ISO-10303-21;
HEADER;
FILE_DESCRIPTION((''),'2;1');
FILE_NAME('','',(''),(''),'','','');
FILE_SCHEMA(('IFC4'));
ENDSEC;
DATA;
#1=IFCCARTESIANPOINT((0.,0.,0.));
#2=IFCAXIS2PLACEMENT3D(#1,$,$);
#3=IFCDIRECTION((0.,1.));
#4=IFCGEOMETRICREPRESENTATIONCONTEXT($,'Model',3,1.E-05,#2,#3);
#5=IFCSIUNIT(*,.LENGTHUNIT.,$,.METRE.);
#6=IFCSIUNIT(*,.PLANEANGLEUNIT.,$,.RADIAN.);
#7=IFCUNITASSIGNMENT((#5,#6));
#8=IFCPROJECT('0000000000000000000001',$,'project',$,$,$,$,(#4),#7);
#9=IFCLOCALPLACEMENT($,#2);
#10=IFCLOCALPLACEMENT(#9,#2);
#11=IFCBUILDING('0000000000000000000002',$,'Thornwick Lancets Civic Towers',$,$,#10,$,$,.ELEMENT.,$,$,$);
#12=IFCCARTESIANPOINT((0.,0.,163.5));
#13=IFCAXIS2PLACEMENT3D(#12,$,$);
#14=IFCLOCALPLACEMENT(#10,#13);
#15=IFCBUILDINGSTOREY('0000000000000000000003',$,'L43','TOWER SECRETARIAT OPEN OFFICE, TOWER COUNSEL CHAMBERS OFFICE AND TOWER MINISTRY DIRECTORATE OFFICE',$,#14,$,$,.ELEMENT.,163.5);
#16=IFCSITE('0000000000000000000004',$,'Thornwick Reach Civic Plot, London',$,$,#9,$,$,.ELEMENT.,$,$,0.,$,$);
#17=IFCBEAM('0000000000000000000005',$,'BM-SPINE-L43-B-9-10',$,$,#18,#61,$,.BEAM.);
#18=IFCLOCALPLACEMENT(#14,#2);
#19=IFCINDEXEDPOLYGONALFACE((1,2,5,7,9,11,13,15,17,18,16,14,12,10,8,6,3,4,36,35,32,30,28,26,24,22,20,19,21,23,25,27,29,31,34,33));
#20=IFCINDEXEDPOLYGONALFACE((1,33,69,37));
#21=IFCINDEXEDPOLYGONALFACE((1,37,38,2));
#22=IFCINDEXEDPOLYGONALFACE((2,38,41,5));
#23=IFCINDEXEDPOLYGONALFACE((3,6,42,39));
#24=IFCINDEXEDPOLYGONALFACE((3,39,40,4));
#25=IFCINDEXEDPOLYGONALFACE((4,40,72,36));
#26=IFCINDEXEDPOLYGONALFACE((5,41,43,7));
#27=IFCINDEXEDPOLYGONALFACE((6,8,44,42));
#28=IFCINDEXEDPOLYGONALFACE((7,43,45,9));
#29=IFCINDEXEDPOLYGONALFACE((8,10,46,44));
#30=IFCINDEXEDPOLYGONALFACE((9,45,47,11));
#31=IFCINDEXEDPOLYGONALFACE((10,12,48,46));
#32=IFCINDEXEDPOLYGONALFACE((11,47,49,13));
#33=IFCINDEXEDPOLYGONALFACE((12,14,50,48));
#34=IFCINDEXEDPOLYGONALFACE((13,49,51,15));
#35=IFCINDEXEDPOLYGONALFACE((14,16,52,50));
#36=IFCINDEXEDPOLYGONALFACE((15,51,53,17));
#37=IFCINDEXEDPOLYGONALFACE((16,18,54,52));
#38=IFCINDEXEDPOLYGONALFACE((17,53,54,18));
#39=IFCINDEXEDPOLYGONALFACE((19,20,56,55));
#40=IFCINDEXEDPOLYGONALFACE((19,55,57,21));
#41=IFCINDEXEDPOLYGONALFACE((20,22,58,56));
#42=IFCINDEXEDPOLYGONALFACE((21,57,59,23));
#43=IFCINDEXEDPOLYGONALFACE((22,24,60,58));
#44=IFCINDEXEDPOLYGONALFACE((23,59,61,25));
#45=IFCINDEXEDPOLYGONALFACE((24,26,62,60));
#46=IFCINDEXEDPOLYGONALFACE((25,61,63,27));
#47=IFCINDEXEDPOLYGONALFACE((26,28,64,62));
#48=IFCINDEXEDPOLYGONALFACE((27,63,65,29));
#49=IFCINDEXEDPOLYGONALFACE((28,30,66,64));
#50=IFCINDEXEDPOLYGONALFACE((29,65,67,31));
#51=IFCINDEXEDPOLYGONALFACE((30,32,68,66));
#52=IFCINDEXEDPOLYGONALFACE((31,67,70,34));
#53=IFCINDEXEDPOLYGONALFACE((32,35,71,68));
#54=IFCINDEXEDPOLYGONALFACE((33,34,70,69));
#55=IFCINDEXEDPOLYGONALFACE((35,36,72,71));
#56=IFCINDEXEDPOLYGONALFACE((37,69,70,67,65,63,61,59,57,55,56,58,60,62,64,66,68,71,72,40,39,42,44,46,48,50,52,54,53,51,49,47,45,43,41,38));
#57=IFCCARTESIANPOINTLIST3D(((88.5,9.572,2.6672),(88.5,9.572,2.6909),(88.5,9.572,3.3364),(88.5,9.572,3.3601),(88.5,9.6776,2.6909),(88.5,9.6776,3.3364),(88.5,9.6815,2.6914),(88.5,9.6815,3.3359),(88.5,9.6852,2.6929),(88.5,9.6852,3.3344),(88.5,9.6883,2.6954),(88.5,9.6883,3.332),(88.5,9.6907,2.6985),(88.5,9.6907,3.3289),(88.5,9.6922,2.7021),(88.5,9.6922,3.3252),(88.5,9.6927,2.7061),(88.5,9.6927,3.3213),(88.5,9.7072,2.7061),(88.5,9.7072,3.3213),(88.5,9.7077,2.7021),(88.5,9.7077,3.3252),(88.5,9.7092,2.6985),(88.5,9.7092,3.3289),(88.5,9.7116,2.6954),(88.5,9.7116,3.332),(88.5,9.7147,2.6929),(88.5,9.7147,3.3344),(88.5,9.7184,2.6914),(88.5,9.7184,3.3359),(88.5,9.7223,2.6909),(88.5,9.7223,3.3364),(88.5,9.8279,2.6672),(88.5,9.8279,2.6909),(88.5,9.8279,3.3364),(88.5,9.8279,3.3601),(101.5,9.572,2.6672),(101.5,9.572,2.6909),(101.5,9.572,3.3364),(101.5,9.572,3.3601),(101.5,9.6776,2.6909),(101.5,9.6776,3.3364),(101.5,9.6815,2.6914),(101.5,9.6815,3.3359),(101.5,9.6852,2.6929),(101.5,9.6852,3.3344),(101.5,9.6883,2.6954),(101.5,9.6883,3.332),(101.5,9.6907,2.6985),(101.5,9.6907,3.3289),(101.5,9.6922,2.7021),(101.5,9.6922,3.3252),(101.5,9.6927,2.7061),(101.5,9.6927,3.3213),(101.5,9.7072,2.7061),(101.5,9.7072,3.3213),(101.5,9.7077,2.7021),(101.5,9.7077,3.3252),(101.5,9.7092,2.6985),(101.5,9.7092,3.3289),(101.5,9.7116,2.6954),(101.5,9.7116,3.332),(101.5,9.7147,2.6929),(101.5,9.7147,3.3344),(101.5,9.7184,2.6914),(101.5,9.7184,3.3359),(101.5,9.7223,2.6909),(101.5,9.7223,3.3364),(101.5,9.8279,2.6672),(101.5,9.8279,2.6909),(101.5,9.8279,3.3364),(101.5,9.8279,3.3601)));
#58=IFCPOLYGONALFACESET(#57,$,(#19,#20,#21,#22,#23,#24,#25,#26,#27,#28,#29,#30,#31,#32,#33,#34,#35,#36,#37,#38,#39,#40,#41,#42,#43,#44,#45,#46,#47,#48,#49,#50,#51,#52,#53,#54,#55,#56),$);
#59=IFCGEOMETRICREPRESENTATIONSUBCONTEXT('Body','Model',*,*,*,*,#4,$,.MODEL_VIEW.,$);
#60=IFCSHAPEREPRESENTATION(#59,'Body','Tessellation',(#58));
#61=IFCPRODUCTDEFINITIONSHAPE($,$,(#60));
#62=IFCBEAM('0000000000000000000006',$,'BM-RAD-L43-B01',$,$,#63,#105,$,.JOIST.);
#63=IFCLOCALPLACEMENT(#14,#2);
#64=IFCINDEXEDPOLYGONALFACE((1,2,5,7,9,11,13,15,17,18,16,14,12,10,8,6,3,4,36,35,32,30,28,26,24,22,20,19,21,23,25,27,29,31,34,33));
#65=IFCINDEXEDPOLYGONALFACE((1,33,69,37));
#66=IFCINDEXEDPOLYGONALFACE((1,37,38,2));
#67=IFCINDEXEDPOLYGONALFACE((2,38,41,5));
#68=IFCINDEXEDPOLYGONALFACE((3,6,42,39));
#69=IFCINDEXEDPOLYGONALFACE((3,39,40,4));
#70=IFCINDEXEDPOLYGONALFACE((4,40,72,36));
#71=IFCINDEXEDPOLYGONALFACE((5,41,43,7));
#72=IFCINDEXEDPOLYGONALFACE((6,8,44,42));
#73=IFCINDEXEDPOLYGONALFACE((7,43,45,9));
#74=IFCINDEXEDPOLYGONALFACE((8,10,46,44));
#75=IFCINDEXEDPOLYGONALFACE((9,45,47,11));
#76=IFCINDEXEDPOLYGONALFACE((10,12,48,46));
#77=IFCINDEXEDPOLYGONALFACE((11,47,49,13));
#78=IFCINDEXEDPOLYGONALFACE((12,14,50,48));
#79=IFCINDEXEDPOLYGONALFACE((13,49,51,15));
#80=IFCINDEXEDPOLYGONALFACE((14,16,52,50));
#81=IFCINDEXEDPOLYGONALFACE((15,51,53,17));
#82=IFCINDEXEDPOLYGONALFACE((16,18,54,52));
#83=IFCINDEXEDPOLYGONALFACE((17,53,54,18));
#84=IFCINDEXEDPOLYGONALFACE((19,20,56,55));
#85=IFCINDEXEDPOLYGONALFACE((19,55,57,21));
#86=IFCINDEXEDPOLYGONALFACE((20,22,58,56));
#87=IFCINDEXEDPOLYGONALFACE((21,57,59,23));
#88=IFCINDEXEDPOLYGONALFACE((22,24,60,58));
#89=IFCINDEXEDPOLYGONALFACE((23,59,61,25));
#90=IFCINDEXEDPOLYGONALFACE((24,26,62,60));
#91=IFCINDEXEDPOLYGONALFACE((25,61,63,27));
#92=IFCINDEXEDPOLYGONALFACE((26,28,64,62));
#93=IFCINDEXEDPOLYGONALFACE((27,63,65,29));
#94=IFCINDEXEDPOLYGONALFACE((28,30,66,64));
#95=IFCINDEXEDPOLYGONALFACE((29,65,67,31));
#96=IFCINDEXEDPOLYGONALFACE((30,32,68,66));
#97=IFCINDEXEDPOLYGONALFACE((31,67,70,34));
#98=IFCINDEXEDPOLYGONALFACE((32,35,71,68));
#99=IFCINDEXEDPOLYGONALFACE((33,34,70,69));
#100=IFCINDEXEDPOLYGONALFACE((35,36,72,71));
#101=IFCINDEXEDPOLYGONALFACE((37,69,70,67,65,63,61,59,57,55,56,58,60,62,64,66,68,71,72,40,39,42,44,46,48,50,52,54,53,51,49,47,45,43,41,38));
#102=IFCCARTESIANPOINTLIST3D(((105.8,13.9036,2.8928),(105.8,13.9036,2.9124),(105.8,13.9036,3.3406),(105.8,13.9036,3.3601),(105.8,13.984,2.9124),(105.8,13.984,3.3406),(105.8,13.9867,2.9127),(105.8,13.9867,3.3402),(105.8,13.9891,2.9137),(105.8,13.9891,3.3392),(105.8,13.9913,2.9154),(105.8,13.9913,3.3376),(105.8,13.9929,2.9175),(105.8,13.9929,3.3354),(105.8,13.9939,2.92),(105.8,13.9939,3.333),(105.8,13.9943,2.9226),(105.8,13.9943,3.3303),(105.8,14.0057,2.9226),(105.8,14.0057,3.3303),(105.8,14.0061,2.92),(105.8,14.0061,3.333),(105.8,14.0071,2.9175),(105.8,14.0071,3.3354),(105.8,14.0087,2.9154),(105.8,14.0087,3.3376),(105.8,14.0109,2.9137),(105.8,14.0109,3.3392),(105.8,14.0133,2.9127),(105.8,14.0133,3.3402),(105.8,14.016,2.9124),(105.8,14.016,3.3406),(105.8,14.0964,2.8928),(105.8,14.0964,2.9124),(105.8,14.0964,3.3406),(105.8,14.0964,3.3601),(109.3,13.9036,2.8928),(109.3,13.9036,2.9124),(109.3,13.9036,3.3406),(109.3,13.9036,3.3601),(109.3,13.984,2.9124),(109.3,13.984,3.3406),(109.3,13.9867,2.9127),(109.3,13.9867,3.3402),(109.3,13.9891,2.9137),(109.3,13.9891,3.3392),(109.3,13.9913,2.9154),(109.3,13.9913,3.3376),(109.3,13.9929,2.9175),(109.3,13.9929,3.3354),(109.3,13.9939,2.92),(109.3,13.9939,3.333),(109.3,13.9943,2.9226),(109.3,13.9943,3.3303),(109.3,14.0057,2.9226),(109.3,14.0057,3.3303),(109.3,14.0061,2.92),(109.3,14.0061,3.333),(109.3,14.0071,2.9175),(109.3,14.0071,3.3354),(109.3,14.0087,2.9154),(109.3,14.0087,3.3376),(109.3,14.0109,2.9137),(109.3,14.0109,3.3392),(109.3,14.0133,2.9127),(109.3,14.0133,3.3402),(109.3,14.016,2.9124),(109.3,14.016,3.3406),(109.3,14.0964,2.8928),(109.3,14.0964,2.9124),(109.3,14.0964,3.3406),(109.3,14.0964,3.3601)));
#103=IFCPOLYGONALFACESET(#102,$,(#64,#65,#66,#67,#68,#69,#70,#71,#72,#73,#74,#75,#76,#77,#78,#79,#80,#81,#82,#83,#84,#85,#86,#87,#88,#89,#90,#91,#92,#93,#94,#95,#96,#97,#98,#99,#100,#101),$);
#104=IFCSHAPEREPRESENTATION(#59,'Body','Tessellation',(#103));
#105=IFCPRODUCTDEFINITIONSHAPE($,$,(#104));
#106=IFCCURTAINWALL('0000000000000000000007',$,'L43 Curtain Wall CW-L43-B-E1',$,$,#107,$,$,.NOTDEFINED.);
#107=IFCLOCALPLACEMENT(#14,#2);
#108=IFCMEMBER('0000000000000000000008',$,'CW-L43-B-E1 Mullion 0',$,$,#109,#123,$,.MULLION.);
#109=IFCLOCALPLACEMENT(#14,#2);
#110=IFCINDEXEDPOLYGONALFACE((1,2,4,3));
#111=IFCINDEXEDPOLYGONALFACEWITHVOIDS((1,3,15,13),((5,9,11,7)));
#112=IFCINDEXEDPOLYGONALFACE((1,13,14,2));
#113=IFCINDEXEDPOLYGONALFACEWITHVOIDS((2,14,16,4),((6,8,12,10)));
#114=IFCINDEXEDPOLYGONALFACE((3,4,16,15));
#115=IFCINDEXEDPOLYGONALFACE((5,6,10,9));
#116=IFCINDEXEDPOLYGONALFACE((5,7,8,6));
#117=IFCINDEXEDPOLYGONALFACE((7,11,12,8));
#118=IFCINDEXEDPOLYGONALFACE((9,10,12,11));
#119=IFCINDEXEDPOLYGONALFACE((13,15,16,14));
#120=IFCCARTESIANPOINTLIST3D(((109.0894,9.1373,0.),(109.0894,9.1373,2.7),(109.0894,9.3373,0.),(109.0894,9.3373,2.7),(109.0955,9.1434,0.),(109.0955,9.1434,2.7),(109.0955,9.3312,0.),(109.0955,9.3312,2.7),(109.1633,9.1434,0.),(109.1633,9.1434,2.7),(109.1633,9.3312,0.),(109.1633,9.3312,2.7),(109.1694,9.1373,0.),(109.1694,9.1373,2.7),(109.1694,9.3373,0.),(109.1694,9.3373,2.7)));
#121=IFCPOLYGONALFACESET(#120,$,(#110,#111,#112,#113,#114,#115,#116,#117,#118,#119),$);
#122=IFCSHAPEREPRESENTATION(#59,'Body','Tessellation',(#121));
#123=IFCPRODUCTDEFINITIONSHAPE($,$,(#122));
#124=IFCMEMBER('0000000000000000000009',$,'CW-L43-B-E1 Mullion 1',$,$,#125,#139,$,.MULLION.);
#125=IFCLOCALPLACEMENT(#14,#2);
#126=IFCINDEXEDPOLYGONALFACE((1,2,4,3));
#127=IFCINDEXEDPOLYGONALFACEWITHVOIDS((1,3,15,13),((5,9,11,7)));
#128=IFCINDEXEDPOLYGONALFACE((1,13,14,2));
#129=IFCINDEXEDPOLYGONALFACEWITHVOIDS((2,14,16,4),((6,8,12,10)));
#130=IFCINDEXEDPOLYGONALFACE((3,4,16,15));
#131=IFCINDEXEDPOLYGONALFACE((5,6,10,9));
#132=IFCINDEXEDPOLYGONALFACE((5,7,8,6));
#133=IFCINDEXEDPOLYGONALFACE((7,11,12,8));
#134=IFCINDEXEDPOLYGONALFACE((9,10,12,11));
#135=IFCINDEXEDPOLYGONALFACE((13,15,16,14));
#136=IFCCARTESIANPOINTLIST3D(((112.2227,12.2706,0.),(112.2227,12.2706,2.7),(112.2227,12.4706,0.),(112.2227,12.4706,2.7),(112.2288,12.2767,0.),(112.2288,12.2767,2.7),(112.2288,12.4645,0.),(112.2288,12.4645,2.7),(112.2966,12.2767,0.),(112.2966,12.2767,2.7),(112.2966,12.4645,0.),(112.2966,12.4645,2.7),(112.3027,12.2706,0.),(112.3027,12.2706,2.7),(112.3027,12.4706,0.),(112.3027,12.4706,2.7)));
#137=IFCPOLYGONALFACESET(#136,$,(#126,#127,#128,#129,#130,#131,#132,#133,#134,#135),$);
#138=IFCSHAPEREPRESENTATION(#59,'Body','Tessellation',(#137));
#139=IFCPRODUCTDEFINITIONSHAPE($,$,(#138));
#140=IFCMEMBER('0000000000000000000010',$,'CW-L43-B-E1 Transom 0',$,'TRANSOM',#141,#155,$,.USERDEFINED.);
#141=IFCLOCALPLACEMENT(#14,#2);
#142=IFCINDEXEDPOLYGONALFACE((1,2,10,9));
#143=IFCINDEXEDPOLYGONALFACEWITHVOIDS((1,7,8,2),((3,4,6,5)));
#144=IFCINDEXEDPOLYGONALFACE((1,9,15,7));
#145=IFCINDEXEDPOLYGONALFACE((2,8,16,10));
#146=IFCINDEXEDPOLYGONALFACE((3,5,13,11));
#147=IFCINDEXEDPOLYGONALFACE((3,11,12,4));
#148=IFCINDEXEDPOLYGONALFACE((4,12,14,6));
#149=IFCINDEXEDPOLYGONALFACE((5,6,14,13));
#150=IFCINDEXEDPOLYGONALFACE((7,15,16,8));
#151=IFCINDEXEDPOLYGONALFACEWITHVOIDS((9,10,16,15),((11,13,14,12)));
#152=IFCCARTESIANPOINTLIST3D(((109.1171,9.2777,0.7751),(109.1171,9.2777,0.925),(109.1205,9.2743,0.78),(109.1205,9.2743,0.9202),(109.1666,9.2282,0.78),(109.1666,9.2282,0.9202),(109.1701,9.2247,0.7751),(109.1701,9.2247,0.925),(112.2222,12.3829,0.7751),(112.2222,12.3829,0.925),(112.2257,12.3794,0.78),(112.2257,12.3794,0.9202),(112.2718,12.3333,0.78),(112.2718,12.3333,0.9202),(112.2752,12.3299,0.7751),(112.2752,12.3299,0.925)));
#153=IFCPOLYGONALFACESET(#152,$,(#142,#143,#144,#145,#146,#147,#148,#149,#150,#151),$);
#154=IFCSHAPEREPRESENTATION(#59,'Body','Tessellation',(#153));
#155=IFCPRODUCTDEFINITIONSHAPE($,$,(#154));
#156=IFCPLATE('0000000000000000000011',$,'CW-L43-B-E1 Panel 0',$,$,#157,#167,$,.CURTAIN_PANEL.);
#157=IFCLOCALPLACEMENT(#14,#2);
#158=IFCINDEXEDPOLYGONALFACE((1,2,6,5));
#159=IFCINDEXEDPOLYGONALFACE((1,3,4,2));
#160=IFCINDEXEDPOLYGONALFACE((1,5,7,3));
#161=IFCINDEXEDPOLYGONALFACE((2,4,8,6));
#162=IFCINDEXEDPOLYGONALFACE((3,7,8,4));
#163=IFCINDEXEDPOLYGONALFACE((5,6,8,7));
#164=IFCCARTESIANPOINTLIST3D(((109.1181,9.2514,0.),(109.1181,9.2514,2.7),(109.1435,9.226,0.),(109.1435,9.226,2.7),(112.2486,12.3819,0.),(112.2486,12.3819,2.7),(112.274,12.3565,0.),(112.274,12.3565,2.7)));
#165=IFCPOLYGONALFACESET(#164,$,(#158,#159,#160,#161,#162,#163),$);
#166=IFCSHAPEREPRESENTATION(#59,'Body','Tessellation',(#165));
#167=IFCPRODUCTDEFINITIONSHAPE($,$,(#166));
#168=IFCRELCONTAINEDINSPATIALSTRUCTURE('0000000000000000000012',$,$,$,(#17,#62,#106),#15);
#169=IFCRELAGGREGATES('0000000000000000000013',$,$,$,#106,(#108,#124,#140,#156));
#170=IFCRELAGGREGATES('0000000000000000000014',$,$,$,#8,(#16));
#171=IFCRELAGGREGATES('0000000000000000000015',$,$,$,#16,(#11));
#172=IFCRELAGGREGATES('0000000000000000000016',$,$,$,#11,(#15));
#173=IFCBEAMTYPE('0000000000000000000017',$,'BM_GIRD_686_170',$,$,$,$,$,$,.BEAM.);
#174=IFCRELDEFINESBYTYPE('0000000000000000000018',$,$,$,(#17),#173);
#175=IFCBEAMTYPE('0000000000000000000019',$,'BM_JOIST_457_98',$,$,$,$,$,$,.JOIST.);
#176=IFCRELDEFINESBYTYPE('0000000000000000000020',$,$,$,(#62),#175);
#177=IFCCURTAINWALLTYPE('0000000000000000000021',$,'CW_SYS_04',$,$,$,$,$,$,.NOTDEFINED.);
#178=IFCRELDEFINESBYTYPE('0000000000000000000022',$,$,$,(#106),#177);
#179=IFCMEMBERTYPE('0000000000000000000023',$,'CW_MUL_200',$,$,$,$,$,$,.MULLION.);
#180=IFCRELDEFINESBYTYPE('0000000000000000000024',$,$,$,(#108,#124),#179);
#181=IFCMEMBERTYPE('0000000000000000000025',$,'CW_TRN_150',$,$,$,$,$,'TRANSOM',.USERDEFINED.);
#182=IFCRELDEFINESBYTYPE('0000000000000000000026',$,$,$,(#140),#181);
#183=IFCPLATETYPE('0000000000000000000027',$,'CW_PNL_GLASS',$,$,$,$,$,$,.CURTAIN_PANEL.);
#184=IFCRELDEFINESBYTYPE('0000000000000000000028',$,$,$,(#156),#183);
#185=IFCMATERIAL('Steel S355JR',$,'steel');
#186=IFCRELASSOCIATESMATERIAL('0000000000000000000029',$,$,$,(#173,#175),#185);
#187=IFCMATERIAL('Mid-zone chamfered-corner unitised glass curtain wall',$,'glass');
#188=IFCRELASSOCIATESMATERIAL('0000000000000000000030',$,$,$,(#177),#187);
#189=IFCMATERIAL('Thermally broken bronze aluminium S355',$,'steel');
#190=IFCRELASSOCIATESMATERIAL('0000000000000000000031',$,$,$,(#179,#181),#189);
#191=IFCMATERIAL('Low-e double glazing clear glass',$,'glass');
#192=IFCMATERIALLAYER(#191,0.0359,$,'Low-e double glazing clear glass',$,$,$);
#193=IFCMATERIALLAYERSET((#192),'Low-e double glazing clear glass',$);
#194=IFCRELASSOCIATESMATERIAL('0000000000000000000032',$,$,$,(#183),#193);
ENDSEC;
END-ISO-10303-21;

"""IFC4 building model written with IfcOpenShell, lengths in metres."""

from ifc_helpers import new_model, si_unit, direction, frame, origin, origin_2d, place, context, subcontext, project, spatial, rectangle, hollow_rectangle, i_section, extrude, material, layer, layer_set, material_profile, profile_set, type_object, element, aggregate, save


model = new_model("IFC4")

# Units and contexts
model_context = context("Model", 3, precision=1e-05, world=origin(), true_north=direction((0.0, 1.0)))
body_context = subcontext(model_context, "Body", "Model", "MODEL_VIEW")
ifc_project = project(units=[si_unit("LENGTHUNIT", "METRE"), si_unit("PLANEANGLEUNIT", "RADIAN")], contexts=[model_context])

# Site, building, storey
site_placement = place(None, origin())
site = spatial("IfcSite", under=ifc_project, at=site_placement, Name="Thornwick Reach Civic Plot, London", CompositionType="ELEMENT", RefElevation=0.0)
building_placement = place(site_placement, origin())
building = spatial("IfcBuilding", under=site, at=building_placement, Name="Thornwick Lancets Civic Towers", CompositionType="ELEMENT")
storey_placement = place(building_placement, frame((0.0, 0.0, 163.5)))
storey = spatial("IfcBuildingStorey", under=building, at=storey_placement, Name="L43", Description="TOWER SECRETARIAT OPEN OFFICE, TOWER COUNSEL CHAMBERS OFFICE AND TOWER MINISTRY DIRECTORATE OFFICE", CompositionType="ELEMENT", Elevation=163.5)

# Beams
ifc_material_1 = material(Name="Steel S355JR", Category="steel")
ifc_material_profile_1 = material_profile(ifc_material_1, i_section(OverallWidth=0.2559, OverallDepth=0.6929, WebThickness=0.0144, FlangeThickness=0.0237, FilletRadius=0.0151, at=origin_2d()), Name="UKB 686x254x170")
ifc_profile_set_1 = profile_set([ifc_material_profile_1], Name="Steel S355JR")
beam_type_1 = type_object("IfcBeamType", Name="BM_GIRD_686_170", PredefinedType="BEAM", material=ifc_profile_set_1)
for number, where, z_axis, x_axis, name in (
    (1, (101.5, 9.7, 3.0137), (-1.0, 0.0, 0.0), (0.0, -1.0, 0.0), "BM-SPINE-L43-B-9-10"),
):
    element("IfcBeam", number, at=place(storey_placement, frame(where, z_axis=z_axis, x_axis=x_axis)), inside=storey, type_object=beam_type_1, Name=name, PredefinedType="BEAM", context=body_context, shape_type="SweptSolid", body=[
        extrude(i_section(OverallWidth=0.2559, OverallDepth=0.6929, WebThickness=0.0144, FlangeThickness=0.0237, FilletRadius=0.0151, at=origin_2d()), origin(), (0.0, 0.0, 1.0), 13.0),
    ])
ifc_material_profile_2 = material_profile(ifc_material_1, i_section(OverallWidth=0.1929, OverallDepth=0.4673, WebThickness=0.0115, FlangeThickness=0.0195, FilletRadius=0.0103, at=origin_2d()), Name="UKB 457x191x98")
ifc_profile_set_2 = profile_set([ifc_material_profile_2], Name="Steel S355JR")
beam_type_2 = type_object("IfcBeamType", Name="BM_JOIST_457_98", PredefinedType="JOIST", material=ifc_profile_set_2)
beam_1_placement = place(storey_placement, frame((105.8, 14.0, 3.1265), z_axis=(1.0, 0.0, 0.0), x_axis=(0.0, 1.0, 0.0)))
element("IfcBeam", 2, at=beam_1_placement, inside=storey, type_object=beam_type_2, Name="BM-RAD-L43-B01", PredefinedType="JOIST", context=body_context, shape_type="SweptSolid", body=[
    extrude(i_section(OverallWidth=0.1929, OverallDepth=0.4673, WebThickness=0.0115, FlangeThickness=0.0195, FilletRadius=0.0103, at=origin_2d()), origin(), (0.0, 0.0, 1.0), 3.5),
])

# Curtain wall, members, plate
ifc_material_2 = material(Name="Mid-zone chamfered-corner unitised glass curtain wall", Category="glass")
curtain_wall_type = type_object("IfcCurtainWallType", Name="CW_SYS_04", PredefinedType="NOTDEFINED", material=ifc_material_2)
curtain_wall_placement = place(storey_placement, origin())
curtain_wall = element("IfcCurtainWall", 3, at=curtain_wall_placement, inside=storey, type_object=curtain_wall_type, Name="L43 Curtain Wall CW-L43-B-E1", PredefinedType="NOTDEFINED")
ifc_material_3 = material(Name="Thermally broken bronze aluminium S355", Category="steel")
ifc_material_profile_3 = material_profile(ifc_material_3, hollow_rectangle(XDim=0.0801, YDim=0.2, WallThickness=0.0061, at=origin_2d()), Name="RHS 200x80x6")
ifc_profile_set_3 = profile_set([ifc_material_profile_3], Name="Thermally broken bronze aluminium S355")
member_type_1 = type_object("IfcMemberType", Name="CW_MUL_200", PredefinedType="MULLION", material=ifc_profile_set_3)
member_1_placement = place(storey_placement, frame((109.1294, 9.2373, 0.0), z_axis=(0.0, 0.0, 1.0), x_axis=(1.0, 0.0, 0.0)))
member_1 = element("IfcMember", 4, at=member_1_placement, type_object=member_type_1, Name="CW-L43-B-E1 Mullion 0", PredefinedType="MULLION", context=body_context, shape_type="SweptSolid", body=[
    extrude(hollow_rectangle(XDim=0.0801, YDim=0.2, WallThickness=0.0061, at=origin_2d()), origin(), (0.0, 0.0, 1.0), 2.7),
])
member_2_placement = place(storey_placement, frame((112.2627, 12.3706, 0.0), z_axis=(0.0, 0.0, 1.0), x_axis=(1.0, 0.0, 0.0)))
member_2 = element("IfcMember", 5, at=member_2_placement, type_object=member_type_1, Name="CW-L43-B-E1 Mullion 1", PredefinedType="MULLION", context=body_context, shape_type="SweptSolid", body=[
    extrude(hollow_rectangle(XDim=0.0801, YDim=0.2, WallThickness=0.0061, at=origin_2d()), origin(), (0.0, 0.0, 1.0), 2.7),
])
ifc_material_profile_4 = material_profile(ifc_material_3, hollow_rectangle(XDim=0.075, YDim=0.1499, WallThickness=0.0049, at=origin_2d()), Name="RHS 150x75x5")
ifc_profile_set_4 = profile_set([ifc_material_profile_4], Name="Thermally broken bronze aluminium S355")
member_type_2 = type_object("IfcMemberType", Name="CW_TRN_150", ElementType="TRANSOM", PredefinedType="USERDEFINED", material=ifc_profile_set_4)
member_3_placement = place(storey_placement, frame((109.1436, 9.2512, 0.8501), z_axis=(0.707107, 0.707107, 0.0), x_axis=(-0.707107, 0.707107, 0.0)))
member_3 = element("IfcMember", 6, at=member_3_placement, type_object=member_type_2, Name="CW-L43-B-E1 Transom 0", ObjectType="TRANSOM", PredefinedType="USERDEFINED", context=body_context, shape_type="SweptSolid", body=[
    extrude(hollow_rectangle(XDim=0.075, YDim=0.1499, WallThickness=0.0049, at=origin_2d()), origin(), (0.0, 0.0, 1.0), 4.3914),
])
ifc_material_4 = material(Name="Low-e double glazing clear glass", Category="glass")
ifc_layer_1 = layer(ifc_material_4, 0.0359, Name="Low-e double glazing clear glass")
ifc_layer_set_1 = layer_set([ifc_layer_1], Name="Low-e double glazing clear glass")
plate_type = type_object("IfcPlateType", Name="CW_PNL_GLASS", PredefinedType="CURTAIN_PANEL", material=ifc_layer_set_1)
plate_placement = place(storey_placement, frame((110.696, 10.804, 0.0), z_axis=(0.0, 0.0, 1.0), x_axis=(0.707107, 0.707107, 0.0)))
plate = element("IfcPlate", 7, at=plate_placement, type_object=plate_type, Name="CW-L43-B-E1 Panel 0", PredefinedType="CURTAIN_PANEL", context=body_context, shape_type="SweptSolid", body=[
    extrude(rectangle(XDim=4.4272, YDim=0.0359, at=origin_2d()), origin(), (0.0, 0.0, 1.0), 2.7),
])
aggregate(curtain_wall, [member_1, member_2, member_3, plate])

save(model, "model.ifc")
